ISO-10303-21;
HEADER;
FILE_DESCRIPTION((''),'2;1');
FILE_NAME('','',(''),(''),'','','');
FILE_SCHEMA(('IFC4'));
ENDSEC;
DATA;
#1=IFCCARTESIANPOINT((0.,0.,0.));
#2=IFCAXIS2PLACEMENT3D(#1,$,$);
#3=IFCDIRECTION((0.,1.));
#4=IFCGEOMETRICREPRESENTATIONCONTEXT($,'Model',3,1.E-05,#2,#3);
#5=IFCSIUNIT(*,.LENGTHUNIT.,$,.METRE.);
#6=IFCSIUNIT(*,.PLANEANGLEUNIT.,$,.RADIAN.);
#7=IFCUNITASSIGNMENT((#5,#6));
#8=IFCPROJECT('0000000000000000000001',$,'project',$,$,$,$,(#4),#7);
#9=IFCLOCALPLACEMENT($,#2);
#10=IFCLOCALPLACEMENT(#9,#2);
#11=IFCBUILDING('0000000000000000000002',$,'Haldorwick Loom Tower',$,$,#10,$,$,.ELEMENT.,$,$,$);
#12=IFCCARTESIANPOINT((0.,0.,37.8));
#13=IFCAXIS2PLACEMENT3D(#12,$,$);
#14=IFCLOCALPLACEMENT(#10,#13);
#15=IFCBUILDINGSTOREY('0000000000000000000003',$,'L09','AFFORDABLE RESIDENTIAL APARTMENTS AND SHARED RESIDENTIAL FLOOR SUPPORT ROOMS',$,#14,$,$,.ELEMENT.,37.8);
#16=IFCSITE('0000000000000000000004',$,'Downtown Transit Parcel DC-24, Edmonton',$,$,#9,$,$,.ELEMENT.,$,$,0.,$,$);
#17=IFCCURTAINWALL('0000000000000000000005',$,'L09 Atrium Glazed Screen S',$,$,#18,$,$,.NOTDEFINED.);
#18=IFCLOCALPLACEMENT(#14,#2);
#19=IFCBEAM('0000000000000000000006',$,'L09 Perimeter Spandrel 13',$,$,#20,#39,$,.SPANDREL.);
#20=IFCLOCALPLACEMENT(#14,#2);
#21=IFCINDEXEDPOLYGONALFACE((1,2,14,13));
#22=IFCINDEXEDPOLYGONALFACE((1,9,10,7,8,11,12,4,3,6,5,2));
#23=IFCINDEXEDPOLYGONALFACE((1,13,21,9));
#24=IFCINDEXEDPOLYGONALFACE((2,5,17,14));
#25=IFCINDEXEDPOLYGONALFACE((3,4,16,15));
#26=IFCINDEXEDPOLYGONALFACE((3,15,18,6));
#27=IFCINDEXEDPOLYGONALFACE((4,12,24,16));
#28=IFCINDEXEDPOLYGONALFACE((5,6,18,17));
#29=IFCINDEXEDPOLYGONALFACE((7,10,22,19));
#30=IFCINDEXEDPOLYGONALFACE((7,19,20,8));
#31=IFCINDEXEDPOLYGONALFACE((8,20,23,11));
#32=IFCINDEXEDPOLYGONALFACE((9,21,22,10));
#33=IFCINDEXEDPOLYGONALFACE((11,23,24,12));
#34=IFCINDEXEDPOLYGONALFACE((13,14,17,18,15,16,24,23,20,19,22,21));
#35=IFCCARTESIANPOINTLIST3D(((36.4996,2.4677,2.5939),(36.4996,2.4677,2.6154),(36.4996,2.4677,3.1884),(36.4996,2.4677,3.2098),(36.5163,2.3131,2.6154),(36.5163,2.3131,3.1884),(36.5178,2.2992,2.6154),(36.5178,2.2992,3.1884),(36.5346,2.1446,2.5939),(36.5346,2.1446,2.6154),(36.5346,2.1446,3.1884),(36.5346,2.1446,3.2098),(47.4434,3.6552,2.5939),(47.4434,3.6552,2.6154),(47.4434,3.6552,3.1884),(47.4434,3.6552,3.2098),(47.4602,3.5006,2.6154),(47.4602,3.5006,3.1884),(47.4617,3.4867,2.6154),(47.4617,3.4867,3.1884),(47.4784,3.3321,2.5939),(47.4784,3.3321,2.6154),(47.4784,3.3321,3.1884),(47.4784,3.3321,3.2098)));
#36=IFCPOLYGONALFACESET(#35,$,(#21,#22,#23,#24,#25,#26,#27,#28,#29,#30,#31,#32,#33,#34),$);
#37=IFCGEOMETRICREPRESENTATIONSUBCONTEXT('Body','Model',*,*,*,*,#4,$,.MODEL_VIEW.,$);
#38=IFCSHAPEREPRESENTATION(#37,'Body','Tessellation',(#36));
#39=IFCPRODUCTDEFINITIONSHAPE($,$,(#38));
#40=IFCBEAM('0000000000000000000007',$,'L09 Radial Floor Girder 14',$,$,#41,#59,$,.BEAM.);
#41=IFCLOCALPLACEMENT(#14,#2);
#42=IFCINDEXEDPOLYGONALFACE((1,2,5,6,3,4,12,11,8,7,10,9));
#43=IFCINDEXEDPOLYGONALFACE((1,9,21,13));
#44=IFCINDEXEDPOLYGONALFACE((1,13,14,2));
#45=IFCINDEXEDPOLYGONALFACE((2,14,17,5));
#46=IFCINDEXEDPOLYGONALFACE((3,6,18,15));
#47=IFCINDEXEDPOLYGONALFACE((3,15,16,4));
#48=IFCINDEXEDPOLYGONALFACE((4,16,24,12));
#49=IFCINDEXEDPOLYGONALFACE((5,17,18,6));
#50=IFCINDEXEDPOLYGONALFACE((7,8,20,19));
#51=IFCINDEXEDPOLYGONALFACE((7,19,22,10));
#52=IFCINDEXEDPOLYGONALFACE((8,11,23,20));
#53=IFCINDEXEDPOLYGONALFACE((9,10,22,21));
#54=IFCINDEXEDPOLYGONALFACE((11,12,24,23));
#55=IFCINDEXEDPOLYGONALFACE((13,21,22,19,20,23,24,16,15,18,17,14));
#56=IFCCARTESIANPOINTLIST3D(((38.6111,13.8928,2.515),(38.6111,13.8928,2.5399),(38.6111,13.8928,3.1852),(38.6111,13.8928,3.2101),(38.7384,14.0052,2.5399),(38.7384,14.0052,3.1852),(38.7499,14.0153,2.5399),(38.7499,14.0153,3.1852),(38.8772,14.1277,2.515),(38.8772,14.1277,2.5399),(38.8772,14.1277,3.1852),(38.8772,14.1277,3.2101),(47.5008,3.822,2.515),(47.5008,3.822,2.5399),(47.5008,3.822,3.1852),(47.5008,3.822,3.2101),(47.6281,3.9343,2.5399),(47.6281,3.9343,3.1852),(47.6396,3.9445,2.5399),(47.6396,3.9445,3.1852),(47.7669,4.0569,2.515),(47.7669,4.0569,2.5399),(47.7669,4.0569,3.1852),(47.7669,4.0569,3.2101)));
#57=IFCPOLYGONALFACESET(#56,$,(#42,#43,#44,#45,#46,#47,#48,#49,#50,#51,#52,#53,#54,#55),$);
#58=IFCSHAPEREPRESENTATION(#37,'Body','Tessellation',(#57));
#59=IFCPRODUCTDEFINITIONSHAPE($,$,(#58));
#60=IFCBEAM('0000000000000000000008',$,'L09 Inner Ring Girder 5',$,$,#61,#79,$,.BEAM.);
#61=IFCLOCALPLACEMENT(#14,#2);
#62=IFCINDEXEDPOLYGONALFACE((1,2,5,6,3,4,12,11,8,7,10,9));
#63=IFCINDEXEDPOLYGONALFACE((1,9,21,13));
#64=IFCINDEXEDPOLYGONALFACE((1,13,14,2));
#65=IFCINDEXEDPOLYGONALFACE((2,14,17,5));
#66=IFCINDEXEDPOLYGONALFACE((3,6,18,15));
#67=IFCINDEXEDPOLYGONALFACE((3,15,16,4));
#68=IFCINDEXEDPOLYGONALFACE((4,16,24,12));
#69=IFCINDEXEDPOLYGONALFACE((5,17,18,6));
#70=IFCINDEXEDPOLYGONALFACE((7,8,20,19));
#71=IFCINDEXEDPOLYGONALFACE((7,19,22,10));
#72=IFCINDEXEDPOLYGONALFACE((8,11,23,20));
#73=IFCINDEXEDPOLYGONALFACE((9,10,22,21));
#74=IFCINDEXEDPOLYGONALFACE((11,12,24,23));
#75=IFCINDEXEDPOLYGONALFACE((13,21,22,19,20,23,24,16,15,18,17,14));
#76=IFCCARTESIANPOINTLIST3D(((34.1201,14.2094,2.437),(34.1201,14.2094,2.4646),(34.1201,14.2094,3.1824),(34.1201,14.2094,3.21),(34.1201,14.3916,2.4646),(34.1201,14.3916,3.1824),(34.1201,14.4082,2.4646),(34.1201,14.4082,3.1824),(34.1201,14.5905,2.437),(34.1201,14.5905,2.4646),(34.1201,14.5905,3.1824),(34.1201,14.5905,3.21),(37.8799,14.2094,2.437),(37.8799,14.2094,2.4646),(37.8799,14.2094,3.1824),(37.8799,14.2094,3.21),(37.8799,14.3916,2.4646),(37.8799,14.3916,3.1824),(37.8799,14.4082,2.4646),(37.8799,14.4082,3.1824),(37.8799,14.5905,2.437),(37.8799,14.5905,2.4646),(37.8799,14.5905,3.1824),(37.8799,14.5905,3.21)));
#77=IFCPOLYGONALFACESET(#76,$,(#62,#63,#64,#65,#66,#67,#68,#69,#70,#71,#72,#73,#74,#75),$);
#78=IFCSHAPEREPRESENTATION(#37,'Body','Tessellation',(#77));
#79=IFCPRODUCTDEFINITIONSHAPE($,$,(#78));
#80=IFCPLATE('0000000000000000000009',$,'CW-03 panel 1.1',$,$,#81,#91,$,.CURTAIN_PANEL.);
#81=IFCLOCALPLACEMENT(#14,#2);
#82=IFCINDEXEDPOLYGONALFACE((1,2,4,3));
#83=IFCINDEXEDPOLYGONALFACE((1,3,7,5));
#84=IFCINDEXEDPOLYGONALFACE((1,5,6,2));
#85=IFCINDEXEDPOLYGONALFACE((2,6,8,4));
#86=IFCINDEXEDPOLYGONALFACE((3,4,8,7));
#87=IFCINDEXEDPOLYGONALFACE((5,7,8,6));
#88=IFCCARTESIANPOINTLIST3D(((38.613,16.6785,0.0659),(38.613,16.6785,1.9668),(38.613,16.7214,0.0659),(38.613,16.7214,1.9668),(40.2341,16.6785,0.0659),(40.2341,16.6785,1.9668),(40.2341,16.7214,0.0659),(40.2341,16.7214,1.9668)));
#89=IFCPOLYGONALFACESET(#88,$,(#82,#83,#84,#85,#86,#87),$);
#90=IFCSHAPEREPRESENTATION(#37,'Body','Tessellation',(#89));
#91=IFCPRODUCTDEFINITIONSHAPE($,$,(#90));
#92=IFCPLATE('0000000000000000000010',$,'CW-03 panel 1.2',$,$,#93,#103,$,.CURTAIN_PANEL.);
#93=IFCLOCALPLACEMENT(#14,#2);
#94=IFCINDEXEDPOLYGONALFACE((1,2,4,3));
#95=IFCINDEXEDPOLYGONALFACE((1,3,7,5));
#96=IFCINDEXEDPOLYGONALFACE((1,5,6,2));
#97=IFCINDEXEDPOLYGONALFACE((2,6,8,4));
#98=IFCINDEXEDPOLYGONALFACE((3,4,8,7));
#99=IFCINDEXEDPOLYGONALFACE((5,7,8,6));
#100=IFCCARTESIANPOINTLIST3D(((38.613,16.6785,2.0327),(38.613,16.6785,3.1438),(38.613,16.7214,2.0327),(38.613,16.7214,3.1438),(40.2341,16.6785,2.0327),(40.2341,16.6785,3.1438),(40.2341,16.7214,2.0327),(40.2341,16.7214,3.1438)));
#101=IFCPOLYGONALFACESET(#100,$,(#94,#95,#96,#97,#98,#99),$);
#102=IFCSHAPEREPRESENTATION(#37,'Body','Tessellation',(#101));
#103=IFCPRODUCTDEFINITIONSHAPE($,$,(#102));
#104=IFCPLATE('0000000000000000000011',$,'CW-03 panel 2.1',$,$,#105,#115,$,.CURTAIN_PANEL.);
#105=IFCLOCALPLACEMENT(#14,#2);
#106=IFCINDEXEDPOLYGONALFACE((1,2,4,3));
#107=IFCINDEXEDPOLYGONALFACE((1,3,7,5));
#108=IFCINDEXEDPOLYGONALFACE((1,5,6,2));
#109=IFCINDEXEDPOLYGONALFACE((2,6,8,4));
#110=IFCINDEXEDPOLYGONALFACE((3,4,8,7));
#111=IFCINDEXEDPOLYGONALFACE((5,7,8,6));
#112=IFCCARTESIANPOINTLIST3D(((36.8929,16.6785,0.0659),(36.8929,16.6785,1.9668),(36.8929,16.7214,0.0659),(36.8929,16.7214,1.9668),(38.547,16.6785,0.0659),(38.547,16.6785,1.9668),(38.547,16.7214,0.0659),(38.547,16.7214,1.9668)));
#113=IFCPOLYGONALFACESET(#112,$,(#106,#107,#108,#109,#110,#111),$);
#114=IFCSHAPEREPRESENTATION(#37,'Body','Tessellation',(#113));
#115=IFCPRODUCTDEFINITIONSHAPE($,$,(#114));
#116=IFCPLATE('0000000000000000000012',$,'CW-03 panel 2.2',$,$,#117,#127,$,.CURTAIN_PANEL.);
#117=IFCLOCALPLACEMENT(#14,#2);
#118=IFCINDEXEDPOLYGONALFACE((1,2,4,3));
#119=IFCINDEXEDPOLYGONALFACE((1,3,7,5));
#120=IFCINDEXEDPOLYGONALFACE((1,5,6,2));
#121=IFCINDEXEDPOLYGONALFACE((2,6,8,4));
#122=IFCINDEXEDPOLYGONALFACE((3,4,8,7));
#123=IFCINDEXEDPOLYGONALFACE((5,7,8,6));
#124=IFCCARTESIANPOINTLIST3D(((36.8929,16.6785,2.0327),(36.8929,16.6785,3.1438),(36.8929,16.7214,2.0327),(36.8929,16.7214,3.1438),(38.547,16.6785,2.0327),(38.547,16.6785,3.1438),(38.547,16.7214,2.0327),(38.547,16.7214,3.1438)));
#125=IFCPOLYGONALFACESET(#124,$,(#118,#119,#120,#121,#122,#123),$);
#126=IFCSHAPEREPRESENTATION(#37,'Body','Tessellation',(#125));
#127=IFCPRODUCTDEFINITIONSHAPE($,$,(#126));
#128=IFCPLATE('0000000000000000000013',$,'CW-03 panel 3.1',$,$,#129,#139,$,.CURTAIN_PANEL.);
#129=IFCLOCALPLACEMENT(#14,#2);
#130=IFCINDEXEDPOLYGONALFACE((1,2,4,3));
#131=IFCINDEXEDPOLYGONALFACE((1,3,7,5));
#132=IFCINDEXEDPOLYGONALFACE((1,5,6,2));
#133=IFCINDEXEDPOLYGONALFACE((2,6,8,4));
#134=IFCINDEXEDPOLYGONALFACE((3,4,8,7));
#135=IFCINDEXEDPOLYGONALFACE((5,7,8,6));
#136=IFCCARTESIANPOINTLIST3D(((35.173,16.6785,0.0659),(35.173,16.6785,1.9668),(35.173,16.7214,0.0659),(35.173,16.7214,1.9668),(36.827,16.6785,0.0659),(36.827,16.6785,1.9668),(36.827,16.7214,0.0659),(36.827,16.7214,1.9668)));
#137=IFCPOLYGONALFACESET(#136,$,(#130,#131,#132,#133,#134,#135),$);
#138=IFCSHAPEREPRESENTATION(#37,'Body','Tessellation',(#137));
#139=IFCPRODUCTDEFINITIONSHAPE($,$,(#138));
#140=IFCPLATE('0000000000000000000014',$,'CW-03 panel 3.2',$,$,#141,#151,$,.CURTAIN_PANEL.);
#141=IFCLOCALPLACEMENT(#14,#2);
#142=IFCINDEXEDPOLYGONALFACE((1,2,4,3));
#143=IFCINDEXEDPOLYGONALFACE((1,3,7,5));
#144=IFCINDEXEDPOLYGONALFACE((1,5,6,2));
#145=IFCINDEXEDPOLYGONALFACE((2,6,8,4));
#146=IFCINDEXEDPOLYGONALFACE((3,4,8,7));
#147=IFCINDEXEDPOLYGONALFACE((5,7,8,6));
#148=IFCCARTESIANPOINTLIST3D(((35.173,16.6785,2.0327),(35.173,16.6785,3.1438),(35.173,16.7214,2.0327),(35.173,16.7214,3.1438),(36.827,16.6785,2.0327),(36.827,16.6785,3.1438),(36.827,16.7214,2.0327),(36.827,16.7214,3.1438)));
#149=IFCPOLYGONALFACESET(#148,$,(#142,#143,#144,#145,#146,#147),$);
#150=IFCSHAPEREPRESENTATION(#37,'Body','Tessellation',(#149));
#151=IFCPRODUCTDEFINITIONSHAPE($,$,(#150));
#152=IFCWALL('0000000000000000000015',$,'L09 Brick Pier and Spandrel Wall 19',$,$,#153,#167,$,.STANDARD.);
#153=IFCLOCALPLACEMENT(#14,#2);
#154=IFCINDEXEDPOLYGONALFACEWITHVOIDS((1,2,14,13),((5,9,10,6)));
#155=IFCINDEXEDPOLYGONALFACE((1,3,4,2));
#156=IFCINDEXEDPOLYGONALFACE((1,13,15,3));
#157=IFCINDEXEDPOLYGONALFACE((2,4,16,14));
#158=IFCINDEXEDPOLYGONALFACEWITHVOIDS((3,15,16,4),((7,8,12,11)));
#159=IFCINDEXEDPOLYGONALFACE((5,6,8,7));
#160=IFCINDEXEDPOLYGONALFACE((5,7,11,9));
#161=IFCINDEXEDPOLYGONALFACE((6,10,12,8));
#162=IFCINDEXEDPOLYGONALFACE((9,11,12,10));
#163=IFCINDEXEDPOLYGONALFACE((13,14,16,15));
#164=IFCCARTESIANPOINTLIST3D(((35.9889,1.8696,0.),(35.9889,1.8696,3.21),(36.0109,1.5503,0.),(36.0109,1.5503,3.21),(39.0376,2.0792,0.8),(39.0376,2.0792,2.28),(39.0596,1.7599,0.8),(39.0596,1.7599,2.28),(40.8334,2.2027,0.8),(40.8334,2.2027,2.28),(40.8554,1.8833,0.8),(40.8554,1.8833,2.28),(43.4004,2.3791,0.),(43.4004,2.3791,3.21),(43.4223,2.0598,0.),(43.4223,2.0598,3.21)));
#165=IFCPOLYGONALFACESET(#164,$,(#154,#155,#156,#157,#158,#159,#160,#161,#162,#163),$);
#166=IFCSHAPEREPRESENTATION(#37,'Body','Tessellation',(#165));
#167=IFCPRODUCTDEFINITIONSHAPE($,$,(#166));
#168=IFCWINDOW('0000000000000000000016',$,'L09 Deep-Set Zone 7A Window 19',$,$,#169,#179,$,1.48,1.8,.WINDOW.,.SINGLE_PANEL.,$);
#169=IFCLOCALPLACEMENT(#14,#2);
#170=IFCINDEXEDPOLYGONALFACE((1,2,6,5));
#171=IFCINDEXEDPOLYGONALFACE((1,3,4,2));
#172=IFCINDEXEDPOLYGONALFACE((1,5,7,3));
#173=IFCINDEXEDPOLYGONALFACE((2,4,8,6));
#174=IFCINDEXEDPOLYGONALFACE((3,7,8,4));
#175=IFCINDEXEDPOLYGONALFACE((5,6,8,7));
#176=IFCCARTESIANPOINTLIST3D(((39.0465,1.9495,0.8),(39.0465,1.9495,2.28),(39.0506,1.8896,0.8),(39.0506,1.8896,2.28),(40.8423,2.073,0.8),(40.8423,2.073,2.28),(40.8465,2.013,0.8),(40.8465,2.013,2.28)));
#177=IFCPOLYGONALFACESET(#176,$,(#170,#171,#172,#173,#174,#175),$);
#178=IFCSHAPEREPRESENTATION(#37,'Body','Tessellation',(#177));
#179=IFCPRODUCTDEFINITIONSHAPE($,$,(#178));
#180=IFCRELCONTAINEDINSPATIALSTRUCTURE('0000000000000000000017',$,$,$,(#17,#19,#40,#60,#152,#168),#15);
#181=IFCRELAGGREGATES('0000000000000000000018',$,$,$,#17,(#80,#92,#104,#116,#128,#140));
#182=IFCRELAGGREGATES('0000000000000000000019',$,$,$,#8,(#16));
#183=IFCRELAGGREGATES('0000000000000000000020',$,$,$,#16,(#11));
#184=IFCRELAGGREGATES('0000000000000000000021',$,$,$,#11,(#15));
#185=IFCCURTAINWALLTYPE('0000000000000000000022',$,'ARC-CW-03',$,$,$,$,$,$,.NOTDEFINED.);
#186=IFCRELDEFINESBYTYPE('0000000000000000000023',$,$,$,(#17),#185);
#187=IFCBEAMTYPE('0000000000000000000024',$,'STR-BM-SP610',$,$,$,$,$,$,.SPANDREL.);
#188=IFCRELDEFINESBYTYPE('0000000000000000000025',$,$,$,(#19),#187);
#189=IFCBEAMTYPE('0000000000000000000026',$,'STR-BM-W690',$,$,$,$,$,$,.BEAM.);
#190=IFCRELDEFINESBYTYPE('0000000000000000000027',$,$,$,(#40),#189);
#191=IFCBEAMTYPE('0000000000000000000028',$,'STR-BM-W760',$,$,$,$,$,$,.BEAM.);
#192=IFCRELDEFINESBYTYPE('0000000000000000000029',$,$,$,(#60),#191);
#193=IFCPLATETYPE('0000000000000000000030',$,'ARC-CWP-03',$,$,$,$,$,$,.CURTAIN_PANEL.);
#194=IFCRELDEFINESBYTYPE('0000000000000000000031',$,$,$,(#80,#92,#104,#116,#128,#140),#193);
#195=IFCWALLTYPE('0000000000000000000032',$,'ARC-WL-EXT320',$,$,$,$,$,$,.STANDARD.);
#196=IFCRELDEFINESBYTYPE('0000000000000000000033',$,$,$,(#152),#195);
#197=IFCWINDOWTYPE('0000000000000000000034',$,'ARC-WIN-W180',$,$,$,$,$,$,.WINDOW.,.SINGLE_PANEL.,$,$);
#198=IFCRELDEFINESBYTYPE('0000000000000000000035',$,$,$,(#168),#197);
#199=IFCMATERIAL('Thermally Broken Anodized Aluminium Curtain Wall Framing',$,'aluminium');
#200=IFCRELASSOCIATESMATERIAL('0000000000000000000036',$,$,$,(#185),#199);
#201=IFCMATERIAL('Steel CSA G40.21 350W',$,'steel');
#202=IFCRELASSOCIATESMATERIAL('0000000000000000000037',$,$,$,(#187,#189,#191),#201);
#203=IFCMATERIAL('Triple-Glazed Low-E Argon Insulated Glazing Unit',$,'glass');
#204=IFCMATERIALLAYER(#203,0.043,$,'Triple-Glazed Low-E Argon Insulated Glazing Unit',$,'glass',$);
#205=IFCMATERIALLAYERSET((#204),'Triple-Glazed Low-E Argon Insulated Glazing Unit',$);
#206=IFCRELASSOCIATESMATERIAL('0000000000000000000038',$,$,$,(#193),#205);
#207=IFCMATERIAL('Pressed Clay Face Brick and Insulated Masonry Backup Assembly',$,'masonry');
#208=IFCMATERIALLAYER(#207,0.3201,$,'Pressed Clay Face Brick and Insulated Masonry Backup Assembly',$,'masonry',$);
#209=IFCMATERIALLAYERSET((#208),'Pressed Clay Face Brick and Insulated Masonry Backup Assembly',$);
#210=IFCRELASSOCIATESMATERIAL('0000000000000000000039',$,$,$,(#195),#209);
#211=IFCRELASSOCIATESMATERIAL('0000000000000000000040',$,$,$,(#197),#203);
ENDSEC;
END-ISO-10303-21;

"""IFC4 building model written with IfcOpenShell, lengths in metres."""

from ifc_helpers import new_model, si_unit, direction, frame, frame_2d, origin, origin_2d, place, context, subcontext, project, spatial, rectangle, i_section, extrude, material, layer, layer_set, material_profile, profile_set, type_object, element, fill, aggregate, save


model = new_model("IFC4")

# Units and contexts
model_context = context("Model", 3, precision=1e-05, world=origin(), true_north=direction((0.0, 1.0)))
body_context = subcontext(model_context, "Body", "Model", "MODEL_VIEW")
ifc_project = project(units=[si_unit("LENGTHUNIT", "METRE"), si_unit("PLANEANGLEUNIT", "RADIAN")], contexts=[model_context])

# Site, building, storey
site_placement = place(None, origin())
site = spatial("IfcSite", under=ifc_project, at=site_placement, Name="Downtown Transit Parcel DC-24, Edmonton", CompositionType="ELEMENT", RefElevation=0.0)
building_placement = place(site_placement, origin())
building = spatial("IfcBuilding", under=site, at=building_placement, Name="Haldorwick Loom Tower", CompositionType="ELEMENT")
storey_placement = place(building_placement, frame((0.0, 0.0, 37.8)))
storey = spatial("IfcBuildingStorey", under=building, at=storey_placement, Name="L09", Description="AFFORDABLE RESIDENTIAL APARTMENTS AND SHARED RESIDENTIAL FLOOR SUPPORT ROOMS", CompositionType="ELEMENT", Elevation=37.8)

# Curtain wall
ifc_material_1 = material(Name="Thermally Broken Anodized Aluminium Curtain Wall Framing", Category="aluminium")
curtain_wall_type = type_object("IfcCurtainWallType", Name="ARC-CW-03", PredefinedType="NOTDEFINED", material=ifc_material_1)
curtain_wall_placement = place(storey_placement, origin())
curtain_wall = element("IfcCurtainWall", 1, at=curtain_wall_placement, inside=storey, type_object=curtain_wall_type, Name="L09 Atrium Glazed Screen S", PredefinedType="NOTDEFINED")

# Beams
ifc_material_2 = material(Name="Steel CSA G40.21 350W", Category="steel")
ifc_material_profile_1 = material_profile(ifc_material_2, i_section(OverallWidth=0.325, OverallDepth=0.616, WebThickness=0.0139, FlangeThickness=0.0215, at=origin_2d()), Name="W610X174", Category="steel")
ifc_profile_set_1 = profile_set([ifc_material_profile_1], Name="Steel CSA G40.21 350W")
beam_type_1 = type_object("IfcBeamType", Name="STR-BM-SP610", PredefinedType="SPANDREL", material=ifc_profile_set_1)
beam_1_placement = place(storey_placement, frame((36.5171, 2.3062, 2.9019), z_axis=(0.994164, 0.107875, 0.0), x_axis=(-0.107875, 0.994164, 0.0)))
element("IfcBeam", 2, at=beam_1_placement, inside=storey, type_object=beam_type_1, Name="L09 Perimeter Spandrel 13", PredefinedType="SPANDREL", context=body_context, shape_type="SweptSolid", body=[
    extrude(i_section(OverallWidth=0.325, OverallDepth=0.616, WebThickness=0.0139, FlangeThickness=0.0215, at=origin_2d()), origin(), (0.0, 0.0, 1.0), 11.0081),
])
ifc_material_profile_2 = material_profile(ifc_material_2, i_section(OverallWidth=0.355, OverallDepth=0.6951, WebThickness=0.0154, FlangeThickness=0.0249, at=origin_2d()), Name="W690X217", Category="steel")
ifc_profile_set_2 = profile_set([ifc_material_profile_2], Name="Steel CSA G40.21 350W")
beam_type_2 = type_object("IfcBeamType", Name="STR-BM-W690", PredefinedType="BEAM", material=ifc_profile_set_2)
beam_2_placement = place(storey_placement, frame((38.7441, 14.0103, 2.8625), z_axis=(0.661774, -0.749703, 0.0), x_axis=(0.749703, 0.661774, 0.0)))
element("IfcBeam", 3, at=beam_2_placement, inside=storey, type_object=beam_type_2, Name="L09 Radial Floor Girder 14", PredefinedType="BEAM", context=body_context, shape_type="SweptSolid", body=[
    extrude(i_section(OverallWidth=0.355, OverallDepth=0.6951, WebThickness=0.0154, FlangeThickness=0.0249, at=origin_2d()), origin(), (0.0, 0.0, 1.0), 13.4331),
])
ifc_material_profile_3 = material_profile(ifc_material_2, i_section(OverallWidth=0.3811, OverallDepth=0.7729, WebThickness=0.0166, FlangeThickness=0.0276, at=origin_2d()), Name="W760X257", Category="steel")
ifc_profile_set_3 = profile_set([ifc_material_profile_3], Name="Steel CSA G40.21 350W")
beam_type_3 = type_object("IfcBeamType", Name="STR-BM-W760", PredefinedType="BEAM", material=ifc_profile_set_3)
beam_3_placement = place(storey_placement, frame((37.8799, 14.3999, 2.8235), z_axis=(-1.0, 0.0, 0.0), x_axis=(0.0, -1.0, 0.0)))
element("IfcBeam", 4, at=beam_3_placement, inside=storey, type_object=beam_type_3, Name="L09 Inner Ring Girder 5", PredefinedType="BEAM", context=body_context, shape_type="SweptSolid", body=[
    extrude(i_section(OverallWidth=0.3811, OverallDepth=0.7729, WebThickness=0.0166, FlangeThickness=0.0276, at=origin_2d()), origin(), (0.0, 0.0, 1.0), 3.7598),
])

# Plates
ifc_material_3 = material(Name="Triple-Glazed Low-E Argon Insulated Glazing Unit", Category="glass")
ifc_layer_1 = layer(ifc_material_3, 0.043, Name="Triple-Glazed Low-E Argon Insulated Glazing Unit", Category="glass")
ifc_layer_set_1 = layer_set([ifc_layer_1], Name="Triple-Glazed Low-E Argon Insulated Glazing Unit")
plate_type = type_object("IfcPlateType", Name="ARC-CWP-03", PredefinedType="CURTAIN_PANEL", material=ifc_layer_set_1)
plate_1_placement = place(storey_placement, frame((39.4236, 16.7, 0.0659), z_axis=(0.0, 0.0, 1.0), x_axis=(-1.0, 0.0, 0.0)))
plate_1 = element("IfcPlate", 5, at=plate_1_placement, type_object=plate_type, Name="CW-03 panel 1.1", PredefinedType="CURTAIN_PANEL", context=body_context, shape_type="SweptSolid", body=[
    extrude(rectangle(XDim=1.6211, YDim=0.043, at=origin_2d()), origin(), (0.0, 0.0, 1.0), 1.9009),
])
plate_2_placement = place(storey_placement, frame((39.4236, 16.7, 2.0327), z_axis=(0.0, 0.0, 1.0), x_axis=(-1.0, 0.0, 0.0)))
plate_2 = element("IfcPlate", 6, at=plate_2_placement, type_object=plate_type, Name="CW-03 panel 1.2", PredefinedType="CURTAIN_PANEL", context=body_context, shape_type="SweptSolid", body=[
    extrude(rectangle(XDim=1.6211, YDim=0.043, at=origin_2d()), origin(), (0.0, 0.0, 1.0), 1.1111),
])
plate_3_placement = place(storey_placement, frame((37.72, 16.7, 0.0659), z_axis=(0.0, 0.0, 1.0), x_axis=(-1.0, 0.0, 0.0)))
plate_3 = element("IfcPlate", 7, at=plate_3_placement, type_object=plate_type, Name="CW-03 panel 2.1", PredefinedType="CURTAIN_PANEL", context=body_context, shape_type="SweptSolid", body=[
    extrude(rectangle(XDim=1.6541, YDim=0.043, at=origin_2d()), origin(), (0.0, 0.0, 1.0), 1.9009),
])
plate_4_placement = place(storey_placement, frame((37.72, 16.7, 2.0327), z_axis=(0.0, 0.0, 1.0), x_axis=(-1.0, 0.0, 0.0)))
plate_4 = element("IfcPlate", 8, at=plate_4_placement, type_object=plate_type, Name="CW-03 panel 2.2", PredefinedType="CURTAIN_PANEL", context=body_context, shape_type="SweptSolid", body=[
    extrude(rectangle(XDim=1.6541, YDim=0.043, at=origin_2d()), origin(), (0.0, 0.0, 1.0), 1.1111),
])
plate_5_placement = place(storey_placement, frame((36.0, 16.7, 0.0659), z_axis=(0.0, 0.0, 1.0), x_axis=(-1.0, 0.0, 0.0)))
plate_5 = element("IfcPlate", 9, at=plate_5_placement, type_object=plate_type, Name="CW-03 panel 3.1", PredefinedType="CURTAIN_PANEL", context=body_context, shape_type="SweptSolid", body=[
    extrude(rectangle(XDim=1.6541, YDim=0.043, at=origin_2d()), origin(), (0.0, 0.0, 1.0), 1.9009),
])
plate_6_placement = place(storey_placement, frame((36.0, 16.7, 2.0327), z_axis=(0.0, 0.0, 1.0), x_axis=(-1.0, 0.0, 0.0)))
plate_6 = element("IfcPlate", 10, at=plate_6_placement, type_object=plate_type, Name="CW-03 panel 3.2", PredefinedType="CURTAIN_PANEL", context=body_context, shape_type="SweptSolid", body=[
    extrude(rectangle(XDim=1.6541, YDim=0.043, at=origin_2d()), origin(), (0.0, 0.0, 1.0), 1.1111),
])
aggregate(curtain_wall, [plate_1, plate_2, plate_3, plate_4, plate_5, plate_6])

# Wall, opening, window
ifc_material_4 = material(Name="Pressed Clay Face Brick and Insulated Masonry Backup Assembly", Category="masonry")
ifc_layer_2 = layer(ifc_material_4, 0.3201, Name="Pressed Clay Face Brick and Insulated Masonry Backup Assembly", Category="masonry")
ifc_layer_set_2 = layer_set([ifc_layer_2], Name="Pressed Clay Face Brick and Insulated Masonry Backup Assembly")
wall_type_1 = type_object("IfcWallType", Name="ARC-WL-EXT320", PredefinedType="STANDARD", material=ifc_layer_set_2)
wall_1_placement = place(storey_placement, frame((36.0, 1.71, 0.0), z_axis=(0.0, 0.0, 1.0), x_axis=(0.997645, 0.068587, 0.0)))
wall_1 = element("IfcWall", 11, at=wall_1_placement, inside=storey, type_object=wall_type_1, Name="L09 Brick Pier and Spandrel Wall 19", PredefinedType="STANDARD", context=body_context, shape_type="SweptSolid", body=[
    extrude(rectangle(XDim=7.429, YDim=0.3201, at=frame_2d((3.7144, 0.0))), origin(), (0.0, 0.0, 1.0), 3.21),
])
opening_placement = place(wall_1_placement, frame((3.0559, 0.0, 0.8)))
opening = element("IfcOpeningElement", 12, at=opening_placement, cuts=wall_1, PredefinedType="OPENING", context=body_context, shape_type="SweptSolid", body=[
    extrude(rectangle(XDim=1.8, YDim=1.48, at=frame_2d((0.8999, 0.74))), frame((0.0, 0.1699, 0.0), z_axis=(0.0, -1.0, 0.0), x_axis=(1.0, 0.0, 0.0)), (0.0, 0.0, 1.0), 0.3401),
])
window_type = type_object("IfcWindowType", Name="ARC-WIN-W180", PartitioningType="SINGLE_PANEL", PredefinedType="WINDOW", material=ifc_material_3)
window_placement = place(opening_placement, origin())
window = element("IfcWindow", 13, at=window_placement, inside=storey, type_object=window_type, Name="L09 Deep-Set Zone 7A Window 19", OverallHeight=1.48, OverallWidth=1.8, PartitioningType="SINGLE_PANEL", PredefinedType="WINDOW", context=body_context, shape_type="SweptSolid", body=[
    extrude(rectangle(XDim=1.8, YDim=1.48, at=frame_2d((0.8999, 0.74))), frame((0.0, 0.03, 0.0), z_axis=(0.0, -1.0, 0.0), x_axis=(1.0, 0.0, 0.0)), (0.0, 0.0, 1.0), 0.0601),
])
fill(opening, window)

save(model, "model.ifc")
